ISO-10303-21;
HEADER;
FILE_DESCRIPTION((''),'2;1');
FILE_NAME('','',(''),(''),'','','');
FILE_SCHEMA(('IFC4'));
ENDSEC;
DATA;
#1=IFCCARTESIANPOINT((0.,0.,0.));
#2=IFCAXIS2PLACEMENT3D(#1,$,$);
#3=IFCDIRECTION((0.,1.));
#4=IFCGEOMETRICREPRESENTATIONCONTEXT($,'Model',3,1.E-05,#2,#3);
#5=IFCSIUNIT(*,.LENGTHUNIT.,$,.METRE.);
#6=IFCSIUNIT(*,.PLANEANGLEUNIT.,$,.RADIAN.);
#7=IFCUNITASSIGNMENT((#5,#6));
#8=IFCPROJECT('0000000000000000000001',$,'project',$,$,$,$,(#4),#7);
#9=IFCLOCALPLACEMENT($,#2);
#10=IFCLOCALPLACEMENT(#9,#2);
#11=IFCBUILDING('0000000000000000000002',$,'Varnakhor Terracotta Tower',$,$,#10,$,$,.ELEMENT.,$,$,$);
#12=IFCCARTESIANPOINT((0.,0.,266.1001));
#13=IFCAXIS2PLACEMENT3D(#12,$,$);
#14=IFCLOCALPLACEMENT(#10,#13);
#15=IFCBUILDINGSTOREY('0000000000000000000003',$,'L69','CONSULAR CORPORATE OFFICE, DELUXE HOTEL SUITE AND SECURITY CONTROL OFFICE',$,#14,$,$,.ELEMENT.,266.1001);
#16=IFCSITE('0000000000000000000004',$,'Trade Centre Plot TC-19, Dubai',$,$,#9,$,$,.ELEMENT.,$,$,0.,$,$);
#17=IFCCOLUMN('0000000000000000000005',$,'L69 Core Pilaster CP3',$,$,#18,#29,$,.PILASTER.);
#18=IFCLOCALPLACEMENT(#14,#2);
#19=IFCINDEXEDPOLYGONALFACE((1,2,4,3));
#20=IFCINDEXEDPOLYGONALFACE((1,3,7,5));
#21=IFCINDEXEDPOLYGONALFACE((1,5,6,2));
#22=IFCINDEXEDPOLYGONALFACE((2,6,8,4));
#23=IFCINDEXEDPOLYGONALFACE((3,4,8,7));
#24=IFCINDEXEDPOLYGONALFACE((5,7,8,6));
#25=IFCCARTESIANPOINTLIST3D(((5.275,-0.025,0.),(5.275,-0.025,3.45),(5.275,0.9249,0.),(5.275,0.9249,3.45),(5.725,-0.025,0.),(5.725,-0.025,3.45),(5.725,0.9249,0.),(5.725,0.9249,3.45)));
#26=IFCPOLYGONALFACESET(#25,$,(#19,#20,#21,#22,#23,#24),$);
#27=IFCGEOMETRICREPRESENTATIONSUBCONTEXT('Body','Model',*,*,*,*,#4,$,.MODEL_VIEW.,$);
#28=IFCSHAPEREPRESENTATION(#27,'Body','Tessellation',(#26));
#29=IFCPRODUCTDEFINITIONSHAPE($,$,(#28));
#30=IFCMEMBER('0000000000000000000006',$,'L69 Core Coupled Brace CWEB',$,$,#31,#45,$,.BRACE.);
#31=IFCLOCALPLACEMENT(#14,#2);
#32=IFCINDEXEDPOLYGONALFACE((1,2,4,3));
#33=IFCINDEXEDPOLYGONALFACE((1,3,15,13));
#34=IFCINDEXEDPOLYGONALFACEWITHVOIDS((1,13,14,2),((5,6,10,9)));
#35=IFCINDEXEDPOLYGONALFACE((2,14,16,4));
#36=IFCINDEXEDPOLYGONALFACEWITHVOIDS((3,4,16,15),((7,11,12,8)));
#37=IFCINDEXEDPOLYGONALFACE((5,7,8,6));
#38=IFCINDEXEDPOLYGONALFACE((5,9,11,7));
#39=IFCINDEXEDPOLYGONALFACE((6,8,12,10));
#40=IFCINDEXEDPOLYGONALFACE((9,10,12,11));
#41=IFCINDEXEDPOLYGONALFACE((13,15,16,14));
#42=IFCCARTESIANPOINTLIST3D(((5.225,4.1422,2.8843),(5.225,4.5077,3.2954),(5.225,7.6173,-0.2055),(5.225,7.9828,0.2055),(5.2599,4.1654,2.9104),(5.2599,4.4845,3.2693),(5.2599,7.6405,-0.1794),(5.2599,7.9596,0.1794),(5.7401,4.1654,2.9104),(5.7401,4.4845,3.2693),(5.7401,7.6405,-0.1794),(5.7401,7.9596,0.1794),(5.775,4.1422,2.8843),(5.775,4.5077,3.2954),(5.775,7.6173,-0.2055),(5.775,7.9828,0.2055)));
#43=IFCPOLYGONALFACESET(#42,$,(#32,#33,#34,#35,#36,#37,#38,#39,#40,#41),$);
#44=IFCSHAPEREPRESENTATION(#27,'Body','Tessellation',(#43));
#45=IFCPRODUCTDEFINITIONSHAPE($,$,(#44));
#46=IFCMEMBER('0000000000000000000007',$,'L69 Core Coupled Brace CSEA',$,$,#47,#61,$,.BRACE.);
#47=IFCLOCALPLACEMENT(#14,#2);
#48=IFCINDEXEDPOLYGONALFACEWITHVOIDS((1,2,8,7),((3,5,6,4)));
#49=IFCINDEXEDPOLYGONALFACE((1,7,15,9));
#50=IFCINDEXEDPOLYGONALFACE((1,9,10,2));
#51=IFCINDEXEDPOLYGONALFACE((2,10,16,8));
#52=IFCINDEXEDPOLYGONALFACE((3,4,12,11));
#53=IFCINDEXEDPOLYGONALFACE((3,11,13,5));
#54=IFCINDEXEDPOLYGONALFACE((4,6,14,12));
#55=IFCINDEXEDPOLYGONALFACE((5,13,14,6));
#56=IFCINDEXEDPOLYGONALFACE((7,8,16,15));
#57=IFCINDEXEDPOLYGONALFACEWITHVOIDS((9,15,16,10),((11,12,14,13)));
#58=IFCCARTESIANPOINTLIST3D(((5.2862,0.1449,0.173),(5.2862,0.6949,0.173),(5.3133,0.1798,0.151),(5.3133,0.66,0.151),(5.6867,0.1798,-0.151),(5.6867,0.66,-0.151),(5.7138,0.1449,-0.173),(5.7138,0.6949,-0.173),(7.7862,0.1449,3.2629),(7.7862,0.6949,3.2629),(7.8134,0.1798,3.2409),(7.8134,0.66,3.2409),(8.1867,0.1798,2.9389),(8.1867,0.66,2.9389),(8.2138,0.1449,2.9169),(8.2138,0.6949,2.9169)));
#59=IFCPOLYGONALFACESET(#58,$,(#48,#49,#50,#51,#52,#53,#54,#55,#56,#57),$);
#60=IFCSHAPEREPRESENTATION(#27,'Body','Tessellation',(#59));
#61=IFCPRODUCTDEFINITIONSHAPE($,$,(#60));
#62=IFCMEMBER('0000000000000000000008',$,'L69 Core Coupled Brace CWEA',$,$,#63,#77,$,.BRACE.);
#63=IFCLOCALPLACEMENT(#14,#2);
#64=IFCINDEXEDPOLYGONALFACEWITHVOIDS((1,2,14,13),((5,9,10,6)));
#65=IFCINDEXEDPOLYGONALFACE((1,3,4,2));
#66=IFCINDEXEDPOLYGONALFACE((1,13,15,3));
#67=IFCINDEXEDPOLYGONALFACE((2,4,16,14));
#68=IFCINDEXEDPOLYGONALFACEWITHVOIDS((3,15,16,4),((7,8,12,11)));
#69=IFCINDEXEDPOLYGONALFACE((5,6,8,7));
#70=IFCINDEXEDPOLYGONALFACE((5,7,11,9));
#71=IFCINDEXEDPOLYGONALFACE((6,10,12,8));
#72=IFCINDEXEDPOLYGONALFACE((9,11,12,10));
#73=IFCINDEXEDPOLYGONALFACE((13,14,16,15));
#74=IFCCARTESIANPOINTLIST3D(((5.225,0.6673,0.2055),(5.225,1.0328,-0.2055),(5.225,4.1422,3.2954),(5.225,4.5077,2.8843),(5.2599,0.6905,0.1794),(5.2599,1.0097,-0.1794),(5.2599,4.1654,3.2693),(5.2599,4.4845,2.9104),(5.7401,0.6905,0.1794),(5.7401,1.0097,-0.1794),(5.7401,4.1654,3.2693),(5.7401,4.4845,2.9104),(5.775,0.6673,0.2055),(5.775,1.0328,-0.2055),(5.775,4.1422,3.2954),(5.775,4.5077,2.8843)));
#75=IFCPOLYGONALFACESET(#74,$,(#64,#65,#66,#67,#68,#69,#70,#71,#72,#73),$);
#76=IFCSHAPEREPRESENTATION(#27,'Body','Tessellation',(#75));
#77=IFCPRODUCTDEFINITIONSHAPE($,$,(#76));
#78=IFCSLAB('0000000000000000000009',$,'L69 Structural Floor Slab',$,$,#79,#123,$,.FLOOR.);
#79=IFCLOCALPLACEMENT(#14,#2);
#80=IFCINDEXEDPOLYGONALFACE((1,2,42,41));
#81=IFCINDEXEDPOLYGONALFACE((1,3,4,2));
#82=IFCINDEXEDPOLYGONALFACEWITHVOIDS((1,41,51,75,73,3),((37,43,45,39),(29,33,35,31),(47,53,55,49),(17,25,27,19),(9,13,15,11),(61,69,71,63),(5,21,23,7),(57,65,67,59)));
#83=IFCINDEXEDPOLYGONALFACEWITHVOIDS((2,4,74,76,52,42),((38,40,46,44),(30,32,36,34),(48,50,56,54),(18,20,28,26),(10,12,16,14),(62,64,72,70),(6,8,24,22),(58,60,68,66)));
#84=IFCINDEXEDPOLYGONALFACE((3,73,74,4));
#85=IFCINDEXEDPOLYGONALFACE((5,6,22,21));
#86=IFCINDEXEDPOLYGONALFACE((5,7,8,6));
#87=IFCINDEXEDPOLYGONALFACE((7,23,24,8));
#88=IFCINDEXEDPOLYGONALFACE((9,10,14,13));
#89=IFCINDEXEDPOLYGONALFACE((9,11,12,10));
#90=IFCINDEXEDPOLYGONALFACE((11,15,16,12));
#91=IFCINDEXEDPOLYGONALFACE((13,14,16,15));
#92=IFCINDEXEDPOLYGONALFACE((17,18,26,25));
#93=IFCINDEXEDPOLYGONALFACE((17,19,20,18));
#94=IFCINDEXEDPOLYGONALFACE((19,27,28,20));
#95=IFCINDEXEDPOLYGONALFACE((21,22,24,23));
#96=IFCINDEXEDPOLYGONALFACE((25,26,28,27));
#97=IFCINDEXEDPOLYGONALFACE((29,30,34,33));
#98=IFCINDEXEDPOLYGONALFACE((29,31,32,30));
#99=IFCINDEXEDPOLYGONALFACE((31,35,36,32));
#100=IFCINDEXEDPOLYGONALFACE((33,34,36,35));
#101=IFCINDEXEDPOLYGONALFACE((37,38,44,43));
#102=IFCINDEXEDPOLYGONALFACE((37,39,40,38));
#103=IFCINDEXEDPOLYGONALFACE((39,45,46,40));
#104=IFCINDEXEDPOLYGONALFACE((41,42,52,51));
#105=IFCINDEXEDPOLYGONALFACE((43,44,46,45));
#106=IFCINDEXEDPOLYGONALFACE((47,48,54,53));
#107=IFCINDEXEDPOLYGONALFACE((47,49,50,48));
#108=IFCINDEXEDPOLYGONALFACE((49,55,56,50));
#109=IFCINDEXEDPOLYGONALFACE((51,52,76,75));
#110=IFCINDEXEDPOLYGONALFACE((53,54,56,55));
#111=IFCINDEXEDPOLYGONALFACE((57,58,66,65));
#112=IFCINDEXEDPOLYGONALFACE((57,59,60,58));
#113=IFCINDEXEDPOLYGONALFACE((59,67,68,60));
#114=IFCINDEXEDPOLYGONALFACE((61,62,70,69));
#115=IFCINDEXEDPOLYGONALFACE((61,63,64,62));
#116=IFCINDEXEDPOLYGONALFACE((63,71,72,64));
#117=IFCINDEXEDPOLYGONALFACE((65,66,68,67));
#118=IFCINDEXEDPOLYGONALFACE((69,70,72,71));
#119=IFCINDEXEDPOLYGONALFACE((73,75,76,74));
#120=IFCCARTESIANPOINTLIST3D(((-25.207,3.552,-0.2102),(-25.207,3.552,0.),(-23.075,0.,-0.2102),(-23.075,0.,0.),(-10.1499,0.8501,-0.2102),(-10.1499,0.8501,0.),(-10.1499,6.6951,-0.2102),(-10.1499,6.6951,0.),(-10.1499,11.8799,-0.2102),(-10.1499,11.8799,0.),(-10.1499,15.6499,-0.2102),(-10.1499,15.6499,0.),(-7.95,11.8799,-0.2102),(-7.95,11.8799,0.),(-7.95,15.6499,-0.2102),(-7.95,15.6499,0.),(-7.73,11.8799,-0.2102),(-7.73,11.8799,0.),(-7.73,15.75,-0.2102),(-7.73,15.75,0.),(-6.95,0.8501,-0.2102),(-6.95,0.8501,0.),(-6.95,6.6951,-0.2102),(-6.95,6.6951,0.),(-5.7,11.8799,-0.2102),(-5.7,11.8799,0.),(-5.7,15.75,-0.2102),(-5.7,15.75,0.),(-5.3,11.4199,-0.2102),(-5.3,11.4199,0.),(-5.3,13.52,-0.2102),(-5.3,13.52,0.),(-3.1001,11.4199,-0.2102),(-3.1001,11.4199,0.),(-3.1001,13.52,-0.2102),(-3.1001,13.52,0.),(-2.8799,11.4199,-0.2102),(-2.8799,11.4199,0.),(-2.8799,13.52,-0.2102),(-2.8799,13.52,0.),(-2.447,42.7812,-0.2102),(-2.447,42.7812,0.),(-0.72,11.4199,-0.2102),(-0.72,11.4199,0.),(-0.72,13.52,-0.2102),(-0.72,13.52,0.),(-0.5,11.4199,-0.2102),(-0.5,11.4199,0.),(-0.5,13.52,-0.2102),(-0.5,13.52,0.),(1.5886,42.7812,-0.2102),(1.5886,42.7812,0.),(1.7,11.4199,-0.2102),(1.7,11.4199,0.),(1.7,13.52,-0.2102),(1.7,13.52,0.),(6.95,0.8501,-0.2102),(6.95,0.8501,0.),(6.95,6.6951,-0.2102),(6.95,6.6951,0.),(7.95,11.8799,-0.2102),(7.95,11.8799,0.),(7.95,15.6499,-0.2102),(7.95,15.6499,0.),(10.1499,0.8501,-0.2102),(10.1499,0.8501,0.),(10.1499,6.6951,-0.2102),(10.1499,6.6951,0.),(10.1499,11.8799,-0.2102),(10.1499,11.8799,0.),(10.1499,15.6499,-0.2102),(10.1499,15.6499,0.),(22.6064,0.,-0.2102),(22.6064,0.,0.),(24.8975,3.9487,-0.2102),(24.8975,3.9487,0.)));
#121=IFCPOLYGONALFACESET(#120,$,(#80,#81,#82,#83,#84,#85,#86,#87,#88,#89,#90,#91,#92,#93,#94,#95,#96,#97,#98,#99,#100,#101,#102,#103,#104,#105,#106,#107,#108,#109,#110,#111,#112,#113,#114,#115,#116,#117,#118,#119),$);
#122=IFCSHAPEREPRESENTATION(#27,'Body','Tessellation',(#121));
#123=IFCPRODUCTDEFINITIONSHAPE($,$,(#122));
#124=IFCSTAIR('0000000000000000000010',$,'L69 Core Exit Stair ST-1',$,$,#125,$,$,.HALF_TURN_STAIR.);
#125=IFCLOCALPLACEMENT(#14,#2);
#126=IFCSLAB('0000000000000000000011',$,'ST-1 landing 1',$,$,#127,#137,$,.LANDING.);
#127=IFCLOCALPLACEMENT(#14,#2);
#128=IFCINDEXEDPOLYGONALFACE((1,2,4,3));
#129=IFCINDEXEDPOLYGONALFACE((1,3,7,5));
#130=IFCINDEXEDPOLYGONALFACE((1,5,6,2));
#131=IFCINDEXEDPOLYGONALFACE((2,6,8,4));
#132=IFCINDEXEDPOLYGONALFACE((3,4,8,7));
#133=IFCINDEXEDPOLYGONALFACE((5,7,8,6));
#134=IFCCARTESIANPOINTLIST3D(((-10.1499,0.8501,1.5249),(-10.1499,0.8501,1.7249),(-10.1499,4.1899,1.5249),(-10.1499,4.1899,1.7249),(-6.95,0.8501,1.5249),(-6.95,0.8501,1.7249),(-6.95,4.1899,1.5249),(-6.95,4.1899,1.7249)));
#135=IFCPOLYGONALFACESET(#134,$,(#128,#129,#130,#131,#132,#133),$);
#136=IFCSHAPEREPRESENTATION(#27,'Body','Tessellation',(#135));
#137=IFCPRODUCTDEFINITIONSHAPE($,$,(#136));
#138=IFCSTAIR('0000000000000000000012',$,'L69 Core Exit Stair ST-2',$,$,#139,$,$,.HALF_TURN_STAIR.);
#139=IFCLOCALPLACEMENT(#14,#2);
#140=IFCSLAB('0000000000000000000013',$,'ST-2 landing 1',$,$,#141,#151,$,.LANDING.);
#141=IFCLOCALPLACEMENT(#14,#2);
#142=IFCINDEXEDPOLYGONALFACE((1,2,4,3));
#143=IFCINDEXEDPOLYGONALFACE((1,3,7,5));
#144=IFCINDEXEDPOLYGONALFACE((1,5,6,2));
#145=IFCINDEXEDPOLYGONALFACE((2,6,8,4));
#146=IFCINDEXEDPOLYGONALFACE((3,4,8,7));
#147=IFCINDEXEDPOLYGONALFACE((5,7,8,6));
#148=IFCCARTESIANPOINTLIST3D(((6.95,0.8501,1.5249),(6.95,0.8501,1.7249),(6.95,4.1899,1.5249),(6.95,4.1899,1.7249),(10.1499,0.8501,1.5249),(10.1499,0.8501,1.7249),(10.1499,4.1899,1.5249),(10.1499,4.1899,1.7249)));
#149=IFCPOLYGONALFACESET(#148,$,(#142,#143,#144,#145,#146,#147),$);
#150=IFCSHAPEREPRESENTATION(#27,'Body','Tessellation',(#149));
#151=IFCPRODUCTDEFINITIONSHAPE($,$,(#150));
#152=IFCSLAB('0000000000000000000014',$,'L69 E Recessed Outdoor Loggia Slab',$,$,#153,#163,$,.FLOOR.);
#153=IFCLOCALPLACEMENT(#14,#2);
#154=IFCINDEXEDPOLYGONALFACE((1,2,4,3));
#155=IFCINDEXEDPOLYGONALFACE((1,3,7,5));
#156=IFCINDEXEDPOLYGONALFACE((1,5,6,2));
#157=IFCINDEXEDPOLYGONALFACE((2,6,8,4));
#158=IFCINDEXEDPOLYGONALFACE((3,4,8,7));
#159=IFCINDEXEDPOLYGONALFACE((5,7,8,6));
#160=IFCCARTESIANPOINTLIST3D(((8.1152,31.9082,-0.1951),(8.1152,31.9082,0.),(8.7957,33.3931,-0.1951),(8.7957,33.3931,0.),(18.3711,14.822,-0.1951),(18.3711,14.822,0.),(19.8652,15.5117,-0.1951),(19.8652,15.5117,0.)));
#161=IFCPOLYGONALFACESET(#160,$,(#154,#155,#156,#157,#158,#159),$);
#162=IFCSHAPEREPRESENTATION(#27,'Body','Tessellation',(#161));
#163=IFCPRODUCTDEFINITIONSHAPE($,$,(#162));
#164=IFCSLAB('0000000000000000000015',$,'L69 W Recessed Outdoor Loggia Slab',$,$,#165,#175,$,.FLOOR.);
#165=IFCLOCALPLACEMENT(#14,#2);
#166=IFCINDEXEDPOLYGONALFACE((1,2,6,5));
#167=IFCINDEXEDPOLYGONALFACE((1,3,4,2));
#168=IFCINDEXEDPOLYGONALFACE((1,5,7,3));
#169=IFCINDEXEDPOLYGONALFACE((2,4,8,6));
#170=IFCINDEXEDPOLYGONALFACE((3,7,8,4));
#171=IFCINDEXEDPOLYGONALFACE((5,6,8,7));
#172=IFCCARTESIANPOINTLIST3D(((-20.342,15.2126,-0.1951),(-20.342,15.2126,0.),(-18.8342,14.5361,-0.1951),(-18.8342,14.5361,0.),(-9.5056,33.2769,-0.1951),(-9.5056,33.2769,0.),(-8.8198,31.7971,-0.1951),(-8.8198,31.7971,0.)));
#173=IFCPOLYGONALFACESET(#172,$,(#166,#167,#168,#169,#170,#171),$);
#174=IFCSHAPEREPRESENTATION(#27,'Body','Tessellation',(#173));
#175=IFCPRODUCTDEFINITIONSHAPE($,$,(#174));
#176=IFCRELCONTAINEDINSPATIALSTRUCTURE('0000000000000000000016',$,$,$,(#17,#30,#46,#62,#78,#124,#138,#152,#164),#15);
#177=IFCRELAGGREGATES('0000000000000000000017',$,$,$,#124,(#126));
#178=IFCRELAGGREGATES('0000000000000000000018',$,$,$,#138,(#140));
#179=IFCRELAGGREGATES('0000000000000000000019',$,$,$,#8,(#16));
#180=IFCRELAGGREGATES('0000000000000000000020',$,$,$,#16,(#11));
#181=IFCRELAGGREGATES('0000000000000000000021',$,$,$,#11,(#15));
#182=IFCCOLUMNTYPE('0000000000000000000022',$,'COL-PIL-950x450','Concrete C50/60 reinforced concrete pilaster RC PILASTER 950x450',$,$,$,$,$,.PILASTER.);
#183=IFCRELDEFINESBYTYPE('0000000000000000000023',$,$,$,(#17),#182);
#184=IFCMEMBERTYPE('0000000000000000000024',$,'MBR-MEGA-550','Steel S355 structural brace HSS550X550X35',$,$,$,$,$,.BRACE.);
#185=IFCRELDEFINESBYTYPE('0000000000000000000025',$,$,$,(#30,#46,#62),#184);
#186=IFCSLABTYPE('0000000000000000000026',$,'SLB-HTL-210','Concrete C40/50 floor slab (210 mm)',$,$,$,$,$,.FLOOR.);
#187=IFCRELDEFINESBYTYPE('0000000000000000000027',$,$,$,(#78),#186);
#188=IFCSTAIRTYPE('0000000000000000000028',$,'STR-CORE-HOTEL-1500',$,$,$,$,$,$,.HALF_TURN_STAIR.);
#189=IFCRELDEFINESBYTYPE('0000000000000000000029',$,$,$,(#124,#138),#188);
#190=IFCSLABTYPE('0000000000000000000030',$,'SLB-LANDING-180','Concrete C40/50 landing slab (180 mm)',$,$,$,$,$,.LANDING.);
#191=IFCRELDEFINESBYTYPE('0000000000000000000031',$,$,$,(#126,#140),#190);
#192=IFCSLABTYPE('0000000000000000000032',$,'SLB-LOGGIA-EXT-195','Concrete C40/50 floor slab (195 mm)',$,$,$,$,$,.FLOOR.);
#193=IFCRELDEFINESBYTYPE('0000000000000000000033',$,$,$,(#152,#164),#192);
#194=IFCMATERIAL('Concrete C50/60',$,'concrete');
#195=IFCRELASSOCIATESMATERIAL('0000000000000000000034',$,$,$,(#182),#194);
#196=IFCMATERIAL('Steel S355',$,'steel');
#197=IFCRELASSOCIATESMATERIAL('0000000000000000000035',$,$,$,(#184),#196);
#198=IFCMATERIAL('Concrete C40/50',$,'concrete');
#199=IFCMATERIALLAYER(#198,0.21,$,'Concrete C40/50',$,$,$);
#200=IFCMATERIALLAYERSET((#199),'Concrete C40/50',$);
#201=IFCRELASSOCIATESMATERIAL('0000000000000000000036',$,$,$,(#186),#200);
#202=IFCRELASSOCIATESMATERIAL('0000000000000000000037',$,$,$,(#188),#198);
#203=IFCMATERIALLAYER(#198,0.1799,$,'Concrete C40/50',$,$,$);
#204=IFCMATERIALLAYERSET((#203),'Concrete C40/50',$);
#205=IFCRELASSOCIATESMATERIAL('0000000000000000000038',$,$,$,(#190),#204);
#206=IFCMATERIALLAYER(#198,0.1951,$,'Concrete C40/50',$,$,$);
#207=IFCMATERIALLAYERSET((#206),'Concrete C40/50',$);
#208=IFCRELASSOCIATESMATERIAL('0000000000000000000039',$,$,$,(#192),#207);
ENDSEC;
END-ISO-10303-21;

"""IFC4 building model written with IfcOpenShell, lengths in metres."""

from ifc_helpers import new_model, si_unit, direction, frame, origin, origin_2d, place, context, subcontext, project, spatial, polyline, rectangle, hollow_rectangle, outline, extrude, source, transform, mapped, material, layer, layer_set, material_profile, profile_set, type_object, element, aggregate, save


model = new_model("IFC4")

# Units and contexts
model_context = context("Model", 3, precision=1e-05, world=origin(), true_north=direction((0.0, 1.0)))
body_context = subcontext(model_context, "Body", "Model", "MODEL_VIEW")
ifc_project = project(units=[si_unit("LENGTHUNIT", "METRE"), si_unit("PLANEANGLEUNIT", "RADIAN")], contexts=[model_context])

# Site, building, storey
site_placement = place(None, origin())
site = spatial("IfcSite", under=ifc_project, at=site_placement, Name="Trade Centre Plot TC-19, Dubai", CompositionType="ELEMENT", RefElevation=0.0)
building_placement = place(site_placement, origin())
building = spatial("IfcBuilding", under=site, at=building_placement, Name="Varnakhor Terracotta Tower", CompositionType="ELEMENT")
storey_placement = place(building_placement, frame((0.0, 0.0, 266.1001)))
storey = spatial("IfcBuildingStorey", under=building, at=storey_placement, Name="L69", Description="CONSULAR CORPORATE OFFICE, DELUXE HOTEL SUITE AND SECURITY CONTROL OFFICE", CompositionType="ELEMENT", Elevation=266.1001)

# Column
ifc_material_1 = material(Name="Concrete C50/60", Category="concrete")
ifc_material_profile_1 = material_profile(ifc_material_1, rectangle(XDim=0.45, YDim=0.95, at=origin_2d()), Name="RC PILASTER 950x450")
ifc_profile_set_1 = profile_set([ifc_material_profile_1], Name="Concrete C50/60")
column_type = type_object("IfcColumnType", Name="COL-PIL-950x450", Description="Concrete C50/60 reinforced concrete pilaster RC PILASTER 950x450", PredefinedType="PILASTER", material=ifc_profile_set_1)
shared_shape_1 = source(origin(), body_context, "Body", "SweptSolid", [
    extrude(rectangle(XDim=0.45, YDim=0.95, at=origin_2d()), origin(), (0.0, 0.0, 1.0), 3.45),
])
column_placement = place(storey_placement, frame((5.5, 0.45, 0.0), z_axis=(0.0, 0.0, 1.0), x_axis=(1.0, 0.0, 0.0)))
element("IfcColumn", 1, at=column_placement, inside=storey, type_object=column_type, Name="L69 Core Pilaster CP3", PredefinedType="PILASTER", context=body_context, shape_type="MappedRepresentation", body=[
    mapped(shared_shape_1, transform((0.0, 0.0, 0.0), scale=1.0)),
])

# Members
ifc_material_2 = material(Name="Steel S355", Category="steel")
ifc_material_profile_2 = material_profile(ifc_material_2, hollow_rectangle(XDim=0.55, YDim=0.55, WallThickness=0.0349, at=origin_2d()), Name="HSS550X550X35")
ifc_profile_set_2 = profile_set([ifc_material_profile_2], Name="Steel S355")
member_type = type_object("IfcMemberType", Name="MBR-MEGA-550", Description="Steel S355 structural brace HSS550X550X35", PredefinedType="BRACE", material=ifc_profile_set_2)
shared_shape_2 = source(origin(), body_context, "Body", "SweptSolid", [
    extrude(hollow_rectangle(XDim=0.55, YDim=0.55, WallThickness=0.0349, at=origin_2d()), origin(), (0.0, 0.0, 1.0), 4.6501),
])
member_1_placement = place(storey_placement, frame((5.5, 7.8, 0.0), z_axis=(0.0, -0.747317, 0.664468), x_axis=(1.0, 0.0, 0.0)))
element("IfcMember", 2, at=member_1_placement, inside=storey, type_object=member_type, Name="L69 Core Coupled Brace CWEB", PredefinedType="BRACE", context=body_context, shape_type="MappedRepresentation", body=[
    mapped(shared_shape_2, transform((0.0, 0.0, 0.0), scale=1.0)),
])
shared_shape_3 = source(origin(), body_context, "Body", "SweptSolid", [
    extrude(hollow_rectangle(XDim=0.55, YDim=0.55, WallThickness=0.0349, at=origin_2d()), origin(), (0.0, 0.0, 1.0), 3.9746),
])
member_2_placement = place(storey_placement, frame((5.5, 0.4199, 0.0), z_axis=(0.629, 0.0, 0.777405), x_axis=(0.0, 1.0, 0.0)))
element("IfcMember", 3, at=member_2_placement, inside=storey, type_object=member_type, Name="L69 Core Coupled Brace CSEA", PredefinedType="BRACE", context=body_context, shape_type="MappedRepresentation", body=[
    mapped(shared_shape_3, transform((0.0, 0.0, 0.0), scale=1.0)),
])
shared_shape_4 = source(origin(), body_context, "Body", "SweptSolid", [
    extrude(hollow_rectangle(XDim=0.55, YDim=0.55, WallThickness=0.0349, at=origin_2d()), origin(), (0.0, 0.0, 1.0), 4.6499),
])
member_3_placement = place(storey_placement, frame((5.5, 0.8501, 0.0), z_axis=(0.0, 0.747293, 0.664494), x_axis=(-1.0, 0.0, 0.0)))
element("IfcMember", 4, at=member_3_placement, inside=storey, type_object=member_type, Name="L69 Core Coupled Brace CWEA", PredefinedType="BRACE", context=body_context, shape_type="MappedRepresentation", body=[
    mapped(shared_shape_4, transform((0.0, 0.0, 0.0), scale=1.0)),
])

# Slab
ifc_material_3 = material(Name="Concrete C40/50", Category="concrete")
ifc_layer_1 = layer(ifc_material_3, 0.21, Name="Concrete C40/50")
ifc_layer_set_1 = layer_set([ifc_layer_1], Name="Concrete C40/50")
slab_type_1 = type_object("IfcSlabType", Name="SLB-HTL-210", Description="Concrete C40/50 floor slab (210 mm)", PredefinedType="FLOOR", material=ifc_layer_set_1)
slab_1_placement = place(storey_placement, frame((0.0, 0.0, -0.2102)))
element("IfcSlab", 5, at=slab_1_placement, inside=storey, type_object=slab_type_1, Name="L69 Structural Floor Slab", PredefinedType="FLOOR", context=body_context, shape_type="SweptSolid", body=[
    extrude(outline(polyline([(-25.207, 3.552), (-2.447, 42.7812), (1.5886, 42.7812), (24.8975, 3.9487), (22.6064, 0.0), (-23.075, 0.0), (-25.207, 3.552)]), holes=[polyline([(-6.95, 0.8501), (-6.95, 6.6951), (-10.1499, 6.6951), (-10.1499, 0.8501), (-6.95, 0.8501)]), polyline([(10.1499, 0.8501), (10.1499, 6.6951), (6.95, 6.6951), (6.95, 0.8501), (10.1499, 0.8501)]), polyline([(-3.1001, 11.4199), (-3.1001, 13.52), (-5.3, 13.52), (-5.3, 11.4199), (-3.1001, 11.4199)]), polyline([(-0.72, 11.4199), (-0.72, 13.52), (-2.8799, 13.52), (-2.8799, 11.4199), (-0.72, 11.4199)]), polyline([(1.7, 11.4199), (1.7, 13.52), (-0.5, 13.52), (-0.5, 11.4199), (1.7, 11.4199)]), polyline([(-7.95, 11.8799), (-7.95, 15.6499), (-10.1499, 15.6499), (-10.1499, 11.8799), (-7.95, 11.8799)]), polyline([(10.1499, 11.8799), (10.1499, 15.6499), (7.95, 15.6499), (7.95, 11.8799), (10.1499, 11.8799)]), polyline([(-5.7, 11.8799), (-5.7, 15.75), (-7.73, 15.75), (-7.73, 11.8799), (-5.7, 11.8799)])]), origin(), (0.0, 0.0, 1.0), 0.2102),
])

# Stairs, slabs
stair_type = type_object("IfcStairType", Name="STR-CORE-HOTEL-1500", PredefinedType="HALF_TURN_STAIR", material=ifc_material_3)
stair_1_placement = place(storey_placement, origin())
stair_1 = element("IfcStair", 6, at=stair_1_placement, inside=storey, type_object=stair_type, Name="L69 Core Exit Stair ST-1", PredefinedType="HALF_TURN_STAIR")
ifc_layer_2 = layer(ifc_material_3, 0.1799, Name="Concrete C40/50")
ifc_layer_set_2 = layer_set([ifc_layer_2], Name="Concrete C40/50")
slab_type_2 = type_object("IfcSlabType", Name="SLB-LANDING-180", Description="Concrete C40/50 landing slab (180 mm)", PredefinedType="LANDING", material=ifc_layer_set_2)
slab_2_placement = place(storey_placement, frame((0.0, 0.0, 1.5249)))
slab_2 = element("IfcSlab", 7, at=slab_2_placement, type_object=slab_type_2, Name="ST-1 landing 1", PredefinedType="LANDING", context=body_context, shape_type="SweptSolid", body=[
    extrude(outline(polyline([(-10.1499, 4.1899), (-10.1499, 0.8501), (-6.95, 0.8501), (-6.95, 4.1899), (-10.1499, 4.1899)])), origin(), (0.0, 0.0, 1.0), 0.2),
])
aggregate(stair_1, [slab_2])
stair_2_placement = place(storey_placement, origin())
stair_2 = element("IfcStair", 8, at=stair_2_placement, inside=storey, type_object=stair_type, Name="L69 Core Exit Stair ST-2", PredefinedType="HALF_TURN_STAIR")
slab_3_placement = place(storey_placement, frame((0.0, 0.0, 1.5249)))
slab_3 = element("IfcSlab", 9, at=slab_3_placement, type_object=slab_type_2, Name="ST-2 landing 1", PredefinedType="LANDING", context=body_context, shape_type="SweptSolid", body=[
    extrude(outline(polyline([(6.95, 4.1899), (6.95, 0.8501), (10.1499, 0.8501), (10.1499, 4.1899), (6.95, 4.1899)])), origin(), (0.0, 0.0, 1.0), 0.2),
])

# Slabs
ifc_layer_3 = layer(ifc_material_3, 0.1951, Name="Concrete C40/50")
ifc_layer_set_3 = layer_set([ifc_layer_3], Name="Concrete C40/50")
slab_type_3 = type_object("IfcSlabType", Name="SLB-LOGGIA-EXT-195", Description="Concrete C40/50 floor slab (195 mm)", PredefinedType="FLOOR", material=ifc_layer_set_3)
slab_4_placement = place(storey_placement, frame((0.0, 0.0, -0.1951)))
element("IfcSlab", 10, at=slab_4_placement, inside=storey, type_object=slab_type_3, Name="L69 E Recessed Outdoor Loggia Slab", PredefinedType="FLOOR", context=body_context, shape_type="SweptSolid", body=[
    extrude(outline(polyline([(8.7957, 33.3931), (19.8652, 15.5117), (18.3711, 14.822), (8.1152, 31.9082), (8.7957, 33.3931)])), origin(), (0.0, 0.0, 1.0), 0.1951),
])
slab_5_placement = place(storey_placement, frame((0.0, 0.0, -0.1951)))
element("IfcSlab", 11, at=slab_5_placement, inside=storey, type_object=slab_type_3, Name="L69 W Recessed Outdoor Loggia Slab", PredefinedType="FLOOR", context=body_context, shape_type="SweptSolid", body=[
    extrude(outline(polyline([(-20.342, 15.2126), (-9.5056, 33.2769), (-8.8198, 31.7971), (-18.8342, 14.5361), (-20.342, 15.2126)])), origin(), (0.0, 0.0, 1.0), 0.1951),
])

aggregate(stair_2, [slab_3])

save(model, "model.ifc")
